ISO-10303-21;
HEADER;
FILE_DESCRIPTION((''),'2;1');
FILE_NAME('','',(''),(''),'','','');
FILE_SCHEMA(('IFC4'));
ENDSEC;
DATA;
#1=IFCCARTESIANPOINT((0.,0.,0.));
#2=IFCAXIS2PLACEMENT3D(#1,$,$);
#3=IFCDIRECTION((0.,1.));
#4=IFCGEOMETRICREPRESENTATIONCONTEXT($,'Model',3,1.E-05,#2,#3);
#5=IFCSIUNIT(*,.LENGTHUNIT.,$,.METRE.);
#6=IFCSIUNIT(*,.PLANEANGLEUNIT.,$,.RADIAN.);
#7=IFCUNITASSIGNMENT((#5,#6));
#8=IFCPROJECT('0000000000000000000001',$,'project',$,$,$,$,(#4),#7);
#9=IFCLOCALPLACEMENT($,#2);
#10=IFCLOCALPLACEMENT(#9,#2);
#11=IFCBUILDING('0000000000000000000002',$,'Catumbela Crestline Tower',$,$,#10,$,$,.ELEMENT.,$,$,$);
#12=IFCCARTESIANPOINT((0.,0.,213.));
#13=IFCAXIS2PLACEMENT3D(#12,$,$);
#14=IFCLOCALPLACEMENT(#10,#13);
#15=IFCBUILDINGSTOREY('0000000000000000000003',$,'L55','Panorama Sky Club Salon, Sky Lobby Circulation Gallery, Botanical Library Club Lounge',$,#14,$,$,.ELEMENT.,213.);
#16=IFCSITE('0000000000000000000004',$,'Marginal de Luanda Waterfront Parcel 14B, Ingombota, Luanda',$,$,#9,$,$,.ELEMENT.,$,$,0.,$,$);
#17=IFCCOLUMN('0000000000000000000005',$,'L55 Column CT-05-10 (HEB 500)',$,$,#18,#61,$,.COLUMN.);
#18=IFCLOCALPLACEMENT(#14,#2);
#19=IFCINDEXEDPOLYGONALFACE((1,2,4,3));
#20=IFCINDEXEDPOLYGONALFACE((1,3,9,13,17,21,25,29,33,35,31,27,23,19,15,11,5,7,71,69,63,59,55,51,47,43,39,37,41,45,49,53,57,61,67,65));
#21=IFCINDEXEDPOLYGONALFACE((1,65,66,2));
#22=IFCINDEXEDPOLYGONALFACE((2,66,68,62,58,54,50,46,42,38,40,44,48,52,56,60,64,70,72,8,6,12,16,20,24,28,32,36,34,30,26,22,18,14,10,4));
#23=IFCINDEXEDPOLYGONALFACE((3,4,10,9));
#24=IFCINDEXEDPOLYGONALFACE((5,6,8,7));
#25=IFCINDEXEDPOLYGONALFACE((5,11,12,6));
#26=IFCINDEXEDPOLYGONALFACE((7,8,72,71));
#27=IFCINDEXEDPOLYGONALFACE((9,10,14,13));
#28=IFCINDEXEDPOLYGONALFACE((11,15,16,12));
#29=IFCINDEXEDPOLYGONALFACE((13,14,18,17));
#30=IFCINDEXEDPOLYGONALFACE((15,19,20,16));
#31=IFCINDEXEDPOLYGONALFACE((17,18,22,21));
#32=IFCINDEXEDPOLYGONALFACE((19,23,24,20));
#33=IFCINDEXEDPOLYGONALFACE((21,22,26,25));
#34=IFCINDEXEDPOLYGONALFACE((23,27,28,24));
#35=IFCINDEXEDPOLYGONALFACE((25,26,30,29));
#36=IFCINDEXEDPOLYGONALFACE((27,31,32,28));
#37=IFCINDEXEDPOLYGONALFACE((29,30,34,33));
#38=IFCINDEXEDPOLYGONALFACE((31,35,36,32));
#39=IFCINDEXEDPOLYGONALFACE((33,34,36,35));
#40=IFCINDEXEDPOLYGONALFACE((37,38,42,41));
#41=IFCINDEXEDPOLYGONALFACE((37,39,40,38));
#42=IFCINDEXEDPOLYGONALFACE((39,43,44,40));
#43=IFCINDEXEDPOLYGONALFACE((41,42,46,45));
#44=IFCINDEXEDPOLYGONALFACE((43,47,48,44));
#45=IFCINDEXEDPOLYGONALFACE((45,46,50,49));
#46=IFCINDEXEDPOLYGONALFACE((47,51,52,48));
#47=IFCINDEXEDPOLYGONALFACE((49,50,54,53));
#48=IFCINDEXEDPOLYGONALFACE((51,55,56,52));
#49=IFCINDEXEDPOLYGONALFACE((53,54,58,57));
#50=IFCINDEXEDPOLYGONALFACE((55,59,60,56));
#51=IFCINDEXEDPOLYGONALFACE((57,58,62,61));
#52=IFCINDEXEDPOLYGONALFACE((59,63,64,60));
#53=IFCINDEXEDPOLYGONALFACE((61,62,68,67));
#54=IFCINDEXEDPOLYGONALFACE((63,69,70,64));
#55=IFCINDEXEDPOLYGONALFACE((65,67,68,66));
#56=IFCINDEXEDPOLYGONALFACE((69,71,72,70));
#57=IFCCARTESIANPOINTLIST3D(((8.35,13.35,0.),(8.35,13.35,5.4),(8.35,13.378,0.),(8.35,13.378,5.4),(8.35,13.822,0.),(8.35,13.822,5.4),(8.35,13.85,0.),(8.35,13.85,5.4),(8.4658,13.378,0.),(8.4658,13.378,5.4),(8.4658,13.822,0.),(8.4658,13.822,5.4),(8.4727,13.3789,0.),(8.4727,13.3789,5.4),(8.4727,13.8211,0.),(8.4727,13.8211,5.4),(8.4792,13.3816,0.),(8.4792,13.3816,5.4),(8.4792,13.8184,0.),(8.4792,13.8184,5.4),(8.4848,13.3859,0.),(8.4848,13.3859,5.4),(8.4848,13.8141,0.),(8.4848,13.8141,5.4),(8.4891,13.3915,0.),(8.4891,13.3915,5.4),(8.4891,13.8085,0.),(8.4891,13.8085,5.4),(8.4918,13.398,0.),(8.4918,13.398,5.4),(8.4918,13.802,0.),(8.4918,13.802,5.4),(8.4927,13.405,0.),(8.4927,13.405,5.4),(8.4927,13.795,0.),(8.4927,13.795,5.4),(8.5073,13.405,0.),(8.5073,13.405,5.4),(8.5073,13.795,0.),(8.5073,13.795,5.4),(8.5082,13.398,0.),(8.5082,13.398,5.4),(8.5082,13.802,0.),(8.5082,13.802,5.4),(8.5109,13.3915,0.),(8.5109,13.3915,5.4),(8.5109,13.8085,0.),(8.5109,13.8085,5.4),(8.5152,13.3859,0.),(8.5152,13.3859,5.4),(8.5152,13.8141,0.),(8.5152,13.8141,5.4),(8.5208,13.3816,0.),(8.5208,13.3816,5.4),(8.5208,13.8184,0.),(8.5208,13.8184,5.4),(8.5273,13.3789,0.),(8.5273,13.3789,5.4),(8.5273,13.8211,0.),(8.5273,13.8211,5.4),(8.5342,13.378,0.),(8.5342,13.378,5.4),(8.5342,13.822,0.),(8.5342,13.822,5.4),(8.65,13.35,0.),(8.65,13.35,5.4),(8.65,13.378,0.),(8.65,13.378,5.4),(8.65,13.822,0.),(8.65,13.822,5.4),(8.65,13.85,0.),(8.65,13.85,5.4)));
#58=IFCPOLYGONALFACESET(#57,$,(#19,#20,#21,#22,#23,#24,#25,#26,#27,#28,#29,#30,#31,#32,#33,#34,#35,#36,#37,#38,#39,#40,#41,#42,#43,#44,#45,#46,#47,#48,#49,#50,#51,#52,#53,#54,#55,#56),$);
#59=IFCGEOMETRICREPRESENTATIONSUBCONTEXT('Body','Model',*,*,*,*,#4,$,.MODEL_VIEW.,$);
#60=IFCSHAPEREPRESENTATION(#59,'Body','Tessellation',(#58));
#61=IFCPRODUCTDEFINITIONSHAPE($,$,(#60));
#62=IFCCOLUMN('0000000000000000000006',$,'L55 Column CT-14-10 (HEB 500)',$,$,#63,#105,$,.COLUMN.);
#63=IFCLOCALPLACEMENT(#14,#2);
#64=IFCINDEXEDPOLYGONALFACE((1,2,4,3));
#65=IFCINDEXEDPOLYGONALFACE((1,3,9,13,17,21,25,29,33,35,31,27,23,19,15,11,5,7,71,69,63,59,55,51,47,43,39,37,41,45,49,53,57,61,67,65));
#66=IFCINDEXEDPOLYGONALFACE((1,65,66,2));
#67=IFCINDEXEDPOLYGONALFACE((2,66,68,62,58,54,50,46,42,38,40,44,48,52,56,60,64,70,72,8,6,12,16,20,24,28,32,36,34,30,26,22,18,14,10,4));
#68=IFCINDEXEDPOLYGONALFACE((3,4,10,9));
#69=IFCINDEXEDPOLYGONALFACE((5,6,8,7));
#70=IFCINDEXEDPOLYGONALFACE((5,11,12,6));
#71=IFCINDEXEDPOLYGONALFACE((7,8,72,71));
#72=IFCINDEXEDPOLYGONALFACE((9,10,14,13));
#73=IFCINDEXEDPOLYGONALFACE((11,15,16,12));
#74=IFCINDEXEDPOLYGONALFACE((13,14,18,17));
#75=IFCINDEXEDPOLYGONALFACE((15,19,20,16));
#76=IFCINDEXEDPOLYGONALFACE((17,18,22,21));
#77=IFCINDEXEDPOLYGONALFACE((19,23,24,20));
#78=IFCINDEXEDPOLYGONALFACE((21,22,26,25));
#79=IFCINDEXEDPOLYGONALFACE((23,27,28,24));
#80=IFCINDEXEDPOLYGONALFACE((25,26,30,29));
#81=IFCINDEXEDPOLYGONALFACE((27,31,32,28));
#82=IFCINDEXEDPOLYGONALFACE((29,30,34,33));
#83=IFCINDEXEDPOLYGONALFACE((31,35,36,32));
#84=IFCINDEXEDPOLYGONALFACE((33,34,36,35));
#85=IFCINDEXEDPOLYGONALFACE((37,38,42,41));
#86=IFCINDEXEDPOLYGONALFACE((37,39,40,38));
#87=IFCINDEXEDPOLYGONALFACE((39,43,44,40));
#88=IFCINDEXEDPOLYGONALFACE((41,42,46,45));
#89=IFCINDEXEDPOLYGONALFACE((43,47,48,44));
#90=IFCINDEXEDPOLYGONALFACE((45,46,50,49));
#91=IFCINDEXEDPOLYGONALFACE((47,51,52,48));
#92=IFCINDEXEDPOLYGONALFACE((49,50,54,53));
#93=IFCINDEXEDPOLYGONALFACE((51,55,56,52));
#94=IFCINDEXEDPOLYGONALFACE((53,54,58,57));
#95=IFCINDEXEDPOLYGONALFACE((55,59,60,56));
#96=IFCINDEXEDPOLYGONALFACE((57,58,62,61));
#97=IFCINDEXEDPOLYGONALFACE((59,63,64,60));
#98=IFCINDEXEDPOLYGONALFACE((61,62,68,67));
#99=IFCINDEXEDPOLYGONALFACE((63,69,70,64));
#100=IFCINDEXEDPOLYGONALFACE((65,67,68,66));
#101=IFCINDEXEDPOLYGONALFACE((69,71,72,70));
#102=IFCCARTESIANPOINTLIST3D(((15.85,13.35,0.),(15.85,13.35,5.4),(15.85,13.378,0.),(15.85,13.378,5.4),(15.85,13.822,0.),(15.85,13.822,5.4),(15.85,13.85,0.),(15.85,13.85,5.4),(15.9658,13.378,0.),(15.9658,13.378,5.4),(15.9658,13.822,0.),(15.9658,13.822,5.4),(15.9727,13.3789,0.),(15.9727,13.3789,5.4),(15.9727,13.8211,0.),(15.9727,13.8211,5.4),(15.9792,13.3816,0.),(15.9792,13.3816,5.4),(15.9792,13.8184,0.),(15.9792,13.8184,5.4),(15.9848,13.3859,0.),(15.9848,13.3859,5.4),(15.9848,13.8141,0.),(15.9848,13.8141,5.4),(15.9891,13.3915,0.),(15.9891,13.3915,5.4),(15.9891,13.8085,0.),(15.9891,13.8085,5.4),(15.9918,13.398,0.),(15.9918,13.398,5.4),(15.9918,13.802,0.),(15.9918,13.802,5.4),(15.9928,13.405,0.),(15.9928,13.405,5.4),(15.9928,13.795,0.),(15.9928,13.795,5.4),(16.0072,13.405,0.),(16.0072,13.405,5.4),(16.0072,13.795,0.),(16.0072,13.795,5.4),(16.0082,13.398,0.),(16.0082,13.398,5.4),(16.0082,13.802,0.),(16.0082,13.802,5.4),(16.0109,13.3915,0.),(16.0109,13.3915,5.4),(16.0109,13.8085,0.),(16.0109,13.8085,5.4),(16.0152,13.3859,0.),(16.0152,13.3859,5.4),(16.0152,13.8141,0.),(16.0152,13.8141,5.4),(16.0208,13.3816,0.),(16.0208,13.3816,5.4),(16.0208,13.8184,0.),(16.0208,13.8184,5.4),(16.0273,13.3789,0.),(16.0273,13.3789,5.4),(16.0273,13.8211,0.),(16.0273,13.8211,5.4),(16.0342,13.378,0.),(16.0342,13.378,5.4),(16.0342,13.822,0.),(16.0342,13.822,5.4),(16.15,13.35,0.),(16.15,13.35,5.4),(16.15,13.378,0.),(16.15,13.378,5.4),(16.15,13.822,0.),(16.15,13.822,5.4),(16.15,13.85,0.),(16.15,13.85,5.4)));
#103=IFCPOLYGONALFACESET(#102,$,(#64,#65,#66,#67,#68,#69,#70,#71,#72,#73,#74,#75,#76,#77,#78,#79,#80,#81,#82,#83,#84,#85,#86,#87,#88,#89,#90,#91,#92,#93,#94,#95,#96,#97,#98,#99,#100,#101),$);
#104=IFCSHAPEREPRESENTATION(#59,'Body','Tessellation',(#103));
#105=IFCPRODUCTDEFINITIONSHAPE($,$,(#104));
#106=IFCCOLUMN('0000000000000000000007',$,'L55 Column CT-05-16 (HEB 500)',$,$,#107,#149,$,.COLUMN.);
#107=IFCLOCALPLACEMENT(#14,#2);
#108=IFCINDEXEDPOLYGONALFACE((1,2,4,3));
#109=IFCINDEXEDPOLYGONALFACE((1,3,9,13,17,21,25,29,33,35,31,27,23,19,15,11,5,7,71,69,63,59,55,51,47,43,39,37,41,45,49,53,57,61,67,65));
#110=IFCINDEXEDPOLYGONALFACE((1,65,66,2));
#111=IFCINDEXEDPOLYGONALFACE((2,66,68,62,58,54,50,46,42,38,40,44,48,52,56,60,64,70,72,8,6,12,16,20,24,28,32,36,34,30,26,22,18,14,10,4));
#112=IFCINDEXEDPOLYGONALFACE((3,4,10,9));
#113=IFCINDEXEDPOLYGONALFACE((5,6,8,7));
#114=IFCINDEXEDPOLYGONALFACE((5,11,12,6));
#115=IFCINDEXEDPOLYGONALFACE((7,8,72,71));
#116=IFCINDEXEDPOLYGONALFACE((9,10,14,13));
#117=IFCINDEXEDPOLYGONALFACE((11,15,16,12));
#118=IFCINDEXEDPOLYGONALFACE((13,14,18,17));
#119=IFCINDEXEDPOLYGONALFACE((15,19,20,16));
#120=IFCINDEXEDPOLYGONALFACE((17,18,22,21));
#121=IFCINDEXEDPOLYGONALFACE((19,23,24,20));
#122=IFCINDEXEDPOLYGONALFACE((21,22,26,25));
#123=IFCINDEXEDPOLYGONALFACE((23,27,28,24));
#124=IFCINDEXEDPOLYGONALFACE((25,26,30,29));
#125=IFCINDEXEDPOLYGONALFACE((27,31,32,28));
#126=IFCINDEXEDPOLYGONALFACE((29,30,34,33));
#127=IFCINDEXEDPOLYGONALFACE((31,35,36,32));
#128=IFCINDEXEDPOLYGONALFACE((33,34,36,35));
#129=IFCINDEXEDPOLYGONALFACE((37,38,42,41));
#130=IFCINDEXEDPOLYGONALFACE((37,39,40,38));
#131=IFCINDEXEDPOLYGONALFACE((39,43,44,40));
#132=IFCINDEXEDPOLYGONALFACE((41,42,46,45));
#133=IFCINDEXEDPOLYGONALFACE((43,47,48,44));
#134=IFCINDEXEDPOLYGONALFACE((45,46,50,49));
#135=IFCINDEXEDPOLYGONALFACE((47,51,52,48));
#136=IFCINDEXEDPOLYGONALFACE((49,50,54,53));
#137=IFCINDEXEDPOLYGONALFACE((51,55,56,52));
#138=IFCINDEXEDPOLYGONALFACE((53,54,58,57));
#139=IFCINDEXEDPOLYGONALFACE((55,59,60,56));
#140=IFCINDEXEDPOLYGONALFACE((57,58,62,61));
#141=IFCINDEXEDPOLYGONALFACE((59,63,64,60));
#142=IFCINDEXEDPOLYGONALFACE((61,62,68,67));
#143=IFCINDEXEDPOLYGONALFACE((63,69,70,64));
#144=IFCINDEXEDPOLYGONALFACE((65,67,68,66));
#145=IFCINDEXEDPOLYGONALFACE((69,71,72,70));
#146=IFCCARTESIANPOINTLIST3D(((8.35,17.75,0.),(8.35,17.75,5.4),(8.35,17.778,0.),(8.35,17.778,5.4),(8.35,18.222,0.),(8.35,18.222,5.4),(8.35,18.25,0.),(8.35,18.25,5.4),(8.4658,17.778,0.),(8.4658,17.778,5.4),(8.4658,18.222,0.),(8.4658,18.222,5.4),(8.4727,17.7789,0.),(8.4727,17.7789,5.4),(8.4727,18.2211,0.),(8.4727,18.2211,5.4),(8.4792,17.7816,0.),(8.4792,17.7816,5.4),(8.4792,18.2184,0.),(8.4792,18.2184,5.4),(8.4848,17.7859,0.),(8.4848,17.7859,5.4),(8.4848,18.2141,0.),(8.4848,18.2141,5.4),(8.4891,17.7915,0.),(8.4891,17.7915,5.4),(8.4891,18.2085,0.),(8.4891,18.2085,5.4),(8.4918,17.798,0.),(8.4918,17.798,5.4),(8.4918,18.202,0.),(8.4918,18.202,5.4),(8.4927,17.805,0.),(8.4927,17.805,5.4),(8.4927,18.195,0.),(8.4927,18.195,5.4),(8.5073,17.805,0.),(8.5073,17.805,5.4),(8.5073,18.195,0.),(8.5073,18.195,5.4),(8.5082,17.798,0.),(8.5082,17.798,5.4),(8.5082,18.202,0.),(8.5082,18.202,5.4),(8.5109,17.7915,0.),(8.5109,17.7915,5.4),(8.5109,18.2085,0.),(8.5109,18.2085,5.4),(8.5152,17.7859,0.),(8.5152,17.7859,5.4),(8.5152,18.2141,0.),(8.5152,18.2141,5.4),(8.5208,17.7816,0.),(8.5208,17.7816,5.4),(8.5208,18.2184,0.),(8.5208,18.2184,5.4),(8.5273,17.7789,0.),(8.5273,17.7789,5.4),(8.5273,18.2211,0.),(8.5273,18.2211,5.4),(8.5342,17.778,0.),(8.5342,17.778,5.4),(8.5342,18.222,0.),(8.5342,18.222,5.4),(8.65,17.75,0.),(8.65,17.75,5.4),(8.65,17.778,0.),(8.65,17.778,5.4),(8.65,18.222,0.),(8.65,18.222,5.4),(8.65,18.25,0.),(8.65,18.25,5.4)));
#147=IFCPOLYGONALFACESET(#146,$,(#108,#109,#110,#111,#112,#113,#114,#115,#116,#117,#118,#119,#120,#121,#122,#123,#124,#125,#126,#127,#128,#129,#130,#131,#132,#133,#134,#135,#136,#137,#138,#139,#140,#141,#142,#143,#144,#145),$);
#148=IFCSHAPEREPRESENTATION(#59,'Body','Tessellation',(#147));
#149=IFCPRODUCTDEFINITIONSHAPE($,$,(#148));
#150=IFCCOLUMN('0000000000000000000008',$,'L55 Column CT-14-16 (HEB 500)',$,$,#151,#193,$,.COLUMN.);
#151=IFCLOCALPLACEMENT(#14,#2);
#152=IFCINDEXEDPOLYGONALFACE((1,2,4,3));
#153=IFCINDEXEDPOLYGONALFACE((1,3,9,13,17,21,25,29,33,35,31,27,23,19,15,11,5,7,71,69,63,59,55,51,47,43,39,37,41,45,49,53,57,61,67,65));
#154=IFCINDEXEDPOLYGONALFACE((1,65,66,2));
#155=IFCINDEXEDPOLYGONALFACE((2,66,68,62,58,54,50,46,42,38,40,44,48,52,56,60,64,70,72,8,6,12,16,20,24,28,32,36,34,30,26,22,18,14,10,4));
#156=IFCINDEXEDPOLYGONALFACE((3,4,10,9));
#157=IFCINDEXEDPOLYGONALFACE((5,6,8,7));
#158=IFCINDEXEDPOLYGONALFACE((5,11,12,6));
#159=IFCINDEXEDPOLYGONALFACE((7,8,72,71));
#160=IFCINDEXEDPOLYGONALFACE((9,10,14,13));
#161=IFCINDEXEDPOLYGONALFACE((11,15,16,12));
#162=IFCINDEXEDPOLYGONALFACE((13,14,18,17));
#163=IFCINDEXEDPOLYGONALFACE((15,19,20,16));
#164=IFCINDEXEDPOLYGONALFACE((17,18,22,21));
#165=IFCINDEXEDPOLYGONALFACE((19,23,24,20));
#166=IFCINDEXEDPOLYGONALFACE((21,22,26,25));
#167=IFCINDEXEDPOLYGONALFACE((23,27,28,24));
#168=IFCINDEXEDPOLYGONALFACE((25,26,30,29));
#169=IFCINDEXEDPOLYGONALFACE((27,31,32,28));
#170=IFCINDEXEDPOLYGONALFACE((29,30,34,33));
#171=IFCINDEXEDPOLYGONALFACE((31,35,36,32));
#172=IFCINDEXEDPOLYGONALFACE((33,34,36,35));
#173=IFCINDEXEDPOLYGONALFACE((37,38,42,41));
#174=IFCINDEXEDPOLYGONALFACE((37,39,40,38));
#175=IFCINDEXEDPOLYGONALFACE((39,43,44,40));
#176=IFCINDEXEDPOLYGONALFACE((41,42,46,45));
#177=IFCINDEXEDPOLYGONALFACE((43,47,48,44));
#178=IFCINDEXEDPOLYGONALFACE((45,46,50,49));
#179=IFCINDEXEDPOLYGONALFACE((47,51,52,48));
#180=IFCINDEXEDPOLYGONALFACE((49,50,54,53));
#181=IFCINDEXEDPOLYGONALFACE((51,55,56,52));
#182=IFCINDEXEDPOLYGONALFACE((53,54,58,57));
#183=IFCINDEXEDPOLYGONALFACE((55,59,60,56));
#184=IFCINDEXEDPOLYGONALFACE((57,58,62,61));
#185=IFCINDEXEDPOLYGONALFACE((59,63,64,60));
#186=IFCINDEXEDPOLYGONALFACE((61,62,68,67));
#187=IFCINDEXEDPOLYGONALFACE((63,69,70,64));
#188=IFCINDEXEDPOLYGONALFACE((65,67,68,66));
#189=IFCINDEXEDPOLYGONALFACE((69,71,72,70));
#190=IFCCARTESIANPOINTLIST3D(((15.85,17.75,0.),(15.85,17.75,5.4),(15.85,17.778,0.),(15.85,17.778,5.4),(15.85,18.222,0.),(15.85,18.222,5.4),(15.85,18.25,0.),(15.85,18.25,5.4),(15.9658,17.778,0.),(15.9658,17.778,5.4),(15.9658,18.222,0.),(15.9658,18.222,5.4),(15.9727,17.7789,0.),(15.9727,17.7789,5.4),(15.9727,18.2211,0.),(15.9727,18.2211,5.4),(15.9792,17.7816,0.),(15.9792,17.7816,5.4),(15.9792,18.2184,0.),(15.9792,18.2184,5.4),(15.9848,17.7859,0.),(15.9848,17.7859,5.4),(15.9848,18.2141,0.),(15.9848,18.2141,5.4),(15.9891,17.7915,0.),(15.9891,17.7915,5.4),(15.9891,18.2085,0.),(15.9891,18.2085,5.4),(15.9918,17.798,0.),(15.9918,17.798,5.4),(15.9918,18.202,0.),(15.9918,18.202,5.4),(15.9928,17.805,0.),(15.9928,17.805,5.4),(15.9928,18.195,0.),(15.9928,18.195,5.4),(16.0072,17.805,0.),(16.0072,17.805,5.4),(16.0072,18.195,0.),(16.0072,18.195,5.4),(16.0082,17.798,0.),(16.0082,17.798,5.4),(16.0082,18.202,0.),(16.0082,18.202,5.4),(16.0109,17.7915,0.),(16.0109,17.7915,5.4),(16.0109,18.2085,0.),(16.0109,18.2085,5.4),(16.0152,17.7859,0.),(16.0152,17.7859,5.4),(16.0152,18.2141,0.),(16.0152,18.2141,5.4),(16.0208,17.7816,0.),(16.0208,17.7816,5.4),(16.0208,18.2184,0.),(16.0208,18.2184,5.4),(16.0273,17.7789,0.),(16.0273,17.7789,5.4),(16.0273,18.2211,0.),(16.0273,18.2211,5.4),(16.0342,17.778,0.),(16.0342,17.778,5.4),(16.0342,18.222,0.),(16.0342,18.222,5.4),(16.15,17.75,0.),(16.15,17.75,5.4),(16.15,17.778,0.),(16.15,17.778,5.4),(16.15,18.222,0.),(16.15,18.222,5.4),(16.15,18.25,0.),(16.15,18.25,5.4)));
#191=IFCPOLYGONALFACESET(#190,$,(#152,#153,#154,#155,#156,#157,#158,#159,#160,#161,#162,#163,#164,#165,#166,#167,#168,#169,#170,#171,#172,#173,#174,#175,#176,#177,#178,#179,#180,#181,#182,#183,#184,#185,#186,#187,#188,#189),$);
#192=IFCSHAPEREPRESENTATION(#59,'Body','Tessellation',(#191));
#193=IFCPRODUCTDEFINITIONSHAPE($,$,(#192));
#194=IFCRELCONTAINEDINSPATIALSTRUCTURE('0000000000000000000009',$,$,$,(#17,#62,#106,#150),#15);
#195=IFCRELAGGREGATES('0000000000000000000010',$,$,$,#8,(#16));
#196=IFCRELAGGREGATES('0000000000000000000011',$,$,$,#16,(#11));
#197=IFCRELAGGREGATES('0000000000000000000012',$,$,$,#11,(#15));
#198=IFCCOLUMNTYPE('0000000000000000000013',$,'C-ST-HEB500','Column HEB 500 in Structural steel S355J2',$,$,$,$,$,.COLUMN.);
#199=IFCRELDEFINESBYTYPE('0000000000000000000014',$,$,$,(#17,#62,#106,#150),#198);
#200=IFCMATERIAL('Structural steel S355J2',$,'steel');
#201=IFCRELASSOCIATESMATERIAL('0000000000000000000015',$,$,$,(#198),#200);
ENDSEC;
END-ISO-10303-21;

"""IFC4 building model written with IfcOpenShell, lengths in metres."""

from ifc_helpers import new_model, si_unit, direction, frame, origin, origin_2d, place, context, subcontext, project, spatial, i_section, extrude, material, material_profile, profile_set, type_object, element, save


model = new_model("IFC4")

# Units and contexts
model_context = context("Model", 3, precision=1e-05, world=origin(), true_north=direction((0.0, 1.0)))
body_context = subcontext(model_context, "Body", "Model", "MODEL_VIEW")
ifc_project = project(units=[si_unit("LENGTHUNIT", "METRE"), si_unit("PLANEANGLEUNIT", "RADIAN")], contexts=[model_context])

# Site, building, storey
site_placement = place(None, origin())
site = spatial("IfcSite", under=ifc_project, at=site_placement, Name="Marginal de Luanda Waterfront Parcel 14B, Ingombota, Luanda", CompositionType="ELEMENT", RefElevation=0.0)
building_placement = place(site_placement, origin())
building = spatial("IfcBuilding", under=site, at=building_placement, Name="Catumbela Crestline Tower", CompositionType="ELEMENT")
storey_placement = place(building_placement, frame((0.0, 0.0, 213.0)))
storey = spatial("IfcBuildingStorey", under=building, at=storey_placement, Name="L55", Description="Panorama Sky Club Salon, Sky Lobby Circulation Gallery, Botanical Library Club Lounge", CompositionType="ELEMENT", Elevation=213.0)

# Columns
ifc_material_1 = material(Name="Structural steel S355J2", Category="steel")
ifc_material_profile_1 = material_profile(ifc_material_1, i_section(OverallWidth=0.3, OverallDepth=0.5, WebThickness=0.0145, FlangeThickness=0.028, FilletRadius=0.027, at=origin_2d()), Name="HEB 500")
ifc_profile_set_1 = profile_set([ifc_material_profile_1], Name="Structural steel S355J2")
column_type = type_object("IfcColumnType", Name="C-ST-HEB500", Description="Column HEB 500 in Structural steel S355J2", PredefinedType="COLUMN", material=ifc_profile_set_1)
for number, where, z_axis, x_axis, name in (
    (1, (8.5, 13.6, 0.0), (0.0, 0.0, 1.0), (1.0, 0.0, 0.0), "L55 Column CT-05-10 (HEB 500)"),
    (2, (16.0, 13.6, 0.0), (0.0, 0.0, 1.0), (1.0, 0.0, 0.0), "L55 Column CT-14-10 (HEB 500)"),
    (3, (8.5, 18.0, 0.0), (0.0, 0.0, 1.0), (1.0, 0.0, 0.0), "L55 Column CT-05-16 (HEB 500)"),
    (4, (16.0, 18.0, 0.0), (0.0, 0.0, 1.0), (1.0, 0.0, 0.0), "L55 Column CT-14-16 (HEB 500)"),
):
    element("IfcColumn", number, at=place(storey_placement, frame(where, z_axis=z_axis, x_axis=x_axis)), inside=storey, type_object=column_type, Name=name, PredefinedType="COLUMN", context=body_context, shape_type="SweptSolid", body=[
        extrude(i_section(OverallWidth=0.3, OverallDepth=0.5, WebThickness=0.0145, FlangeThickness=0.028, FilletRadius=0.027, at=origin_2d()), origin(), (0.0, 0.0, 1.0), 5.4),
    ])

save(model, "model.ifc")
